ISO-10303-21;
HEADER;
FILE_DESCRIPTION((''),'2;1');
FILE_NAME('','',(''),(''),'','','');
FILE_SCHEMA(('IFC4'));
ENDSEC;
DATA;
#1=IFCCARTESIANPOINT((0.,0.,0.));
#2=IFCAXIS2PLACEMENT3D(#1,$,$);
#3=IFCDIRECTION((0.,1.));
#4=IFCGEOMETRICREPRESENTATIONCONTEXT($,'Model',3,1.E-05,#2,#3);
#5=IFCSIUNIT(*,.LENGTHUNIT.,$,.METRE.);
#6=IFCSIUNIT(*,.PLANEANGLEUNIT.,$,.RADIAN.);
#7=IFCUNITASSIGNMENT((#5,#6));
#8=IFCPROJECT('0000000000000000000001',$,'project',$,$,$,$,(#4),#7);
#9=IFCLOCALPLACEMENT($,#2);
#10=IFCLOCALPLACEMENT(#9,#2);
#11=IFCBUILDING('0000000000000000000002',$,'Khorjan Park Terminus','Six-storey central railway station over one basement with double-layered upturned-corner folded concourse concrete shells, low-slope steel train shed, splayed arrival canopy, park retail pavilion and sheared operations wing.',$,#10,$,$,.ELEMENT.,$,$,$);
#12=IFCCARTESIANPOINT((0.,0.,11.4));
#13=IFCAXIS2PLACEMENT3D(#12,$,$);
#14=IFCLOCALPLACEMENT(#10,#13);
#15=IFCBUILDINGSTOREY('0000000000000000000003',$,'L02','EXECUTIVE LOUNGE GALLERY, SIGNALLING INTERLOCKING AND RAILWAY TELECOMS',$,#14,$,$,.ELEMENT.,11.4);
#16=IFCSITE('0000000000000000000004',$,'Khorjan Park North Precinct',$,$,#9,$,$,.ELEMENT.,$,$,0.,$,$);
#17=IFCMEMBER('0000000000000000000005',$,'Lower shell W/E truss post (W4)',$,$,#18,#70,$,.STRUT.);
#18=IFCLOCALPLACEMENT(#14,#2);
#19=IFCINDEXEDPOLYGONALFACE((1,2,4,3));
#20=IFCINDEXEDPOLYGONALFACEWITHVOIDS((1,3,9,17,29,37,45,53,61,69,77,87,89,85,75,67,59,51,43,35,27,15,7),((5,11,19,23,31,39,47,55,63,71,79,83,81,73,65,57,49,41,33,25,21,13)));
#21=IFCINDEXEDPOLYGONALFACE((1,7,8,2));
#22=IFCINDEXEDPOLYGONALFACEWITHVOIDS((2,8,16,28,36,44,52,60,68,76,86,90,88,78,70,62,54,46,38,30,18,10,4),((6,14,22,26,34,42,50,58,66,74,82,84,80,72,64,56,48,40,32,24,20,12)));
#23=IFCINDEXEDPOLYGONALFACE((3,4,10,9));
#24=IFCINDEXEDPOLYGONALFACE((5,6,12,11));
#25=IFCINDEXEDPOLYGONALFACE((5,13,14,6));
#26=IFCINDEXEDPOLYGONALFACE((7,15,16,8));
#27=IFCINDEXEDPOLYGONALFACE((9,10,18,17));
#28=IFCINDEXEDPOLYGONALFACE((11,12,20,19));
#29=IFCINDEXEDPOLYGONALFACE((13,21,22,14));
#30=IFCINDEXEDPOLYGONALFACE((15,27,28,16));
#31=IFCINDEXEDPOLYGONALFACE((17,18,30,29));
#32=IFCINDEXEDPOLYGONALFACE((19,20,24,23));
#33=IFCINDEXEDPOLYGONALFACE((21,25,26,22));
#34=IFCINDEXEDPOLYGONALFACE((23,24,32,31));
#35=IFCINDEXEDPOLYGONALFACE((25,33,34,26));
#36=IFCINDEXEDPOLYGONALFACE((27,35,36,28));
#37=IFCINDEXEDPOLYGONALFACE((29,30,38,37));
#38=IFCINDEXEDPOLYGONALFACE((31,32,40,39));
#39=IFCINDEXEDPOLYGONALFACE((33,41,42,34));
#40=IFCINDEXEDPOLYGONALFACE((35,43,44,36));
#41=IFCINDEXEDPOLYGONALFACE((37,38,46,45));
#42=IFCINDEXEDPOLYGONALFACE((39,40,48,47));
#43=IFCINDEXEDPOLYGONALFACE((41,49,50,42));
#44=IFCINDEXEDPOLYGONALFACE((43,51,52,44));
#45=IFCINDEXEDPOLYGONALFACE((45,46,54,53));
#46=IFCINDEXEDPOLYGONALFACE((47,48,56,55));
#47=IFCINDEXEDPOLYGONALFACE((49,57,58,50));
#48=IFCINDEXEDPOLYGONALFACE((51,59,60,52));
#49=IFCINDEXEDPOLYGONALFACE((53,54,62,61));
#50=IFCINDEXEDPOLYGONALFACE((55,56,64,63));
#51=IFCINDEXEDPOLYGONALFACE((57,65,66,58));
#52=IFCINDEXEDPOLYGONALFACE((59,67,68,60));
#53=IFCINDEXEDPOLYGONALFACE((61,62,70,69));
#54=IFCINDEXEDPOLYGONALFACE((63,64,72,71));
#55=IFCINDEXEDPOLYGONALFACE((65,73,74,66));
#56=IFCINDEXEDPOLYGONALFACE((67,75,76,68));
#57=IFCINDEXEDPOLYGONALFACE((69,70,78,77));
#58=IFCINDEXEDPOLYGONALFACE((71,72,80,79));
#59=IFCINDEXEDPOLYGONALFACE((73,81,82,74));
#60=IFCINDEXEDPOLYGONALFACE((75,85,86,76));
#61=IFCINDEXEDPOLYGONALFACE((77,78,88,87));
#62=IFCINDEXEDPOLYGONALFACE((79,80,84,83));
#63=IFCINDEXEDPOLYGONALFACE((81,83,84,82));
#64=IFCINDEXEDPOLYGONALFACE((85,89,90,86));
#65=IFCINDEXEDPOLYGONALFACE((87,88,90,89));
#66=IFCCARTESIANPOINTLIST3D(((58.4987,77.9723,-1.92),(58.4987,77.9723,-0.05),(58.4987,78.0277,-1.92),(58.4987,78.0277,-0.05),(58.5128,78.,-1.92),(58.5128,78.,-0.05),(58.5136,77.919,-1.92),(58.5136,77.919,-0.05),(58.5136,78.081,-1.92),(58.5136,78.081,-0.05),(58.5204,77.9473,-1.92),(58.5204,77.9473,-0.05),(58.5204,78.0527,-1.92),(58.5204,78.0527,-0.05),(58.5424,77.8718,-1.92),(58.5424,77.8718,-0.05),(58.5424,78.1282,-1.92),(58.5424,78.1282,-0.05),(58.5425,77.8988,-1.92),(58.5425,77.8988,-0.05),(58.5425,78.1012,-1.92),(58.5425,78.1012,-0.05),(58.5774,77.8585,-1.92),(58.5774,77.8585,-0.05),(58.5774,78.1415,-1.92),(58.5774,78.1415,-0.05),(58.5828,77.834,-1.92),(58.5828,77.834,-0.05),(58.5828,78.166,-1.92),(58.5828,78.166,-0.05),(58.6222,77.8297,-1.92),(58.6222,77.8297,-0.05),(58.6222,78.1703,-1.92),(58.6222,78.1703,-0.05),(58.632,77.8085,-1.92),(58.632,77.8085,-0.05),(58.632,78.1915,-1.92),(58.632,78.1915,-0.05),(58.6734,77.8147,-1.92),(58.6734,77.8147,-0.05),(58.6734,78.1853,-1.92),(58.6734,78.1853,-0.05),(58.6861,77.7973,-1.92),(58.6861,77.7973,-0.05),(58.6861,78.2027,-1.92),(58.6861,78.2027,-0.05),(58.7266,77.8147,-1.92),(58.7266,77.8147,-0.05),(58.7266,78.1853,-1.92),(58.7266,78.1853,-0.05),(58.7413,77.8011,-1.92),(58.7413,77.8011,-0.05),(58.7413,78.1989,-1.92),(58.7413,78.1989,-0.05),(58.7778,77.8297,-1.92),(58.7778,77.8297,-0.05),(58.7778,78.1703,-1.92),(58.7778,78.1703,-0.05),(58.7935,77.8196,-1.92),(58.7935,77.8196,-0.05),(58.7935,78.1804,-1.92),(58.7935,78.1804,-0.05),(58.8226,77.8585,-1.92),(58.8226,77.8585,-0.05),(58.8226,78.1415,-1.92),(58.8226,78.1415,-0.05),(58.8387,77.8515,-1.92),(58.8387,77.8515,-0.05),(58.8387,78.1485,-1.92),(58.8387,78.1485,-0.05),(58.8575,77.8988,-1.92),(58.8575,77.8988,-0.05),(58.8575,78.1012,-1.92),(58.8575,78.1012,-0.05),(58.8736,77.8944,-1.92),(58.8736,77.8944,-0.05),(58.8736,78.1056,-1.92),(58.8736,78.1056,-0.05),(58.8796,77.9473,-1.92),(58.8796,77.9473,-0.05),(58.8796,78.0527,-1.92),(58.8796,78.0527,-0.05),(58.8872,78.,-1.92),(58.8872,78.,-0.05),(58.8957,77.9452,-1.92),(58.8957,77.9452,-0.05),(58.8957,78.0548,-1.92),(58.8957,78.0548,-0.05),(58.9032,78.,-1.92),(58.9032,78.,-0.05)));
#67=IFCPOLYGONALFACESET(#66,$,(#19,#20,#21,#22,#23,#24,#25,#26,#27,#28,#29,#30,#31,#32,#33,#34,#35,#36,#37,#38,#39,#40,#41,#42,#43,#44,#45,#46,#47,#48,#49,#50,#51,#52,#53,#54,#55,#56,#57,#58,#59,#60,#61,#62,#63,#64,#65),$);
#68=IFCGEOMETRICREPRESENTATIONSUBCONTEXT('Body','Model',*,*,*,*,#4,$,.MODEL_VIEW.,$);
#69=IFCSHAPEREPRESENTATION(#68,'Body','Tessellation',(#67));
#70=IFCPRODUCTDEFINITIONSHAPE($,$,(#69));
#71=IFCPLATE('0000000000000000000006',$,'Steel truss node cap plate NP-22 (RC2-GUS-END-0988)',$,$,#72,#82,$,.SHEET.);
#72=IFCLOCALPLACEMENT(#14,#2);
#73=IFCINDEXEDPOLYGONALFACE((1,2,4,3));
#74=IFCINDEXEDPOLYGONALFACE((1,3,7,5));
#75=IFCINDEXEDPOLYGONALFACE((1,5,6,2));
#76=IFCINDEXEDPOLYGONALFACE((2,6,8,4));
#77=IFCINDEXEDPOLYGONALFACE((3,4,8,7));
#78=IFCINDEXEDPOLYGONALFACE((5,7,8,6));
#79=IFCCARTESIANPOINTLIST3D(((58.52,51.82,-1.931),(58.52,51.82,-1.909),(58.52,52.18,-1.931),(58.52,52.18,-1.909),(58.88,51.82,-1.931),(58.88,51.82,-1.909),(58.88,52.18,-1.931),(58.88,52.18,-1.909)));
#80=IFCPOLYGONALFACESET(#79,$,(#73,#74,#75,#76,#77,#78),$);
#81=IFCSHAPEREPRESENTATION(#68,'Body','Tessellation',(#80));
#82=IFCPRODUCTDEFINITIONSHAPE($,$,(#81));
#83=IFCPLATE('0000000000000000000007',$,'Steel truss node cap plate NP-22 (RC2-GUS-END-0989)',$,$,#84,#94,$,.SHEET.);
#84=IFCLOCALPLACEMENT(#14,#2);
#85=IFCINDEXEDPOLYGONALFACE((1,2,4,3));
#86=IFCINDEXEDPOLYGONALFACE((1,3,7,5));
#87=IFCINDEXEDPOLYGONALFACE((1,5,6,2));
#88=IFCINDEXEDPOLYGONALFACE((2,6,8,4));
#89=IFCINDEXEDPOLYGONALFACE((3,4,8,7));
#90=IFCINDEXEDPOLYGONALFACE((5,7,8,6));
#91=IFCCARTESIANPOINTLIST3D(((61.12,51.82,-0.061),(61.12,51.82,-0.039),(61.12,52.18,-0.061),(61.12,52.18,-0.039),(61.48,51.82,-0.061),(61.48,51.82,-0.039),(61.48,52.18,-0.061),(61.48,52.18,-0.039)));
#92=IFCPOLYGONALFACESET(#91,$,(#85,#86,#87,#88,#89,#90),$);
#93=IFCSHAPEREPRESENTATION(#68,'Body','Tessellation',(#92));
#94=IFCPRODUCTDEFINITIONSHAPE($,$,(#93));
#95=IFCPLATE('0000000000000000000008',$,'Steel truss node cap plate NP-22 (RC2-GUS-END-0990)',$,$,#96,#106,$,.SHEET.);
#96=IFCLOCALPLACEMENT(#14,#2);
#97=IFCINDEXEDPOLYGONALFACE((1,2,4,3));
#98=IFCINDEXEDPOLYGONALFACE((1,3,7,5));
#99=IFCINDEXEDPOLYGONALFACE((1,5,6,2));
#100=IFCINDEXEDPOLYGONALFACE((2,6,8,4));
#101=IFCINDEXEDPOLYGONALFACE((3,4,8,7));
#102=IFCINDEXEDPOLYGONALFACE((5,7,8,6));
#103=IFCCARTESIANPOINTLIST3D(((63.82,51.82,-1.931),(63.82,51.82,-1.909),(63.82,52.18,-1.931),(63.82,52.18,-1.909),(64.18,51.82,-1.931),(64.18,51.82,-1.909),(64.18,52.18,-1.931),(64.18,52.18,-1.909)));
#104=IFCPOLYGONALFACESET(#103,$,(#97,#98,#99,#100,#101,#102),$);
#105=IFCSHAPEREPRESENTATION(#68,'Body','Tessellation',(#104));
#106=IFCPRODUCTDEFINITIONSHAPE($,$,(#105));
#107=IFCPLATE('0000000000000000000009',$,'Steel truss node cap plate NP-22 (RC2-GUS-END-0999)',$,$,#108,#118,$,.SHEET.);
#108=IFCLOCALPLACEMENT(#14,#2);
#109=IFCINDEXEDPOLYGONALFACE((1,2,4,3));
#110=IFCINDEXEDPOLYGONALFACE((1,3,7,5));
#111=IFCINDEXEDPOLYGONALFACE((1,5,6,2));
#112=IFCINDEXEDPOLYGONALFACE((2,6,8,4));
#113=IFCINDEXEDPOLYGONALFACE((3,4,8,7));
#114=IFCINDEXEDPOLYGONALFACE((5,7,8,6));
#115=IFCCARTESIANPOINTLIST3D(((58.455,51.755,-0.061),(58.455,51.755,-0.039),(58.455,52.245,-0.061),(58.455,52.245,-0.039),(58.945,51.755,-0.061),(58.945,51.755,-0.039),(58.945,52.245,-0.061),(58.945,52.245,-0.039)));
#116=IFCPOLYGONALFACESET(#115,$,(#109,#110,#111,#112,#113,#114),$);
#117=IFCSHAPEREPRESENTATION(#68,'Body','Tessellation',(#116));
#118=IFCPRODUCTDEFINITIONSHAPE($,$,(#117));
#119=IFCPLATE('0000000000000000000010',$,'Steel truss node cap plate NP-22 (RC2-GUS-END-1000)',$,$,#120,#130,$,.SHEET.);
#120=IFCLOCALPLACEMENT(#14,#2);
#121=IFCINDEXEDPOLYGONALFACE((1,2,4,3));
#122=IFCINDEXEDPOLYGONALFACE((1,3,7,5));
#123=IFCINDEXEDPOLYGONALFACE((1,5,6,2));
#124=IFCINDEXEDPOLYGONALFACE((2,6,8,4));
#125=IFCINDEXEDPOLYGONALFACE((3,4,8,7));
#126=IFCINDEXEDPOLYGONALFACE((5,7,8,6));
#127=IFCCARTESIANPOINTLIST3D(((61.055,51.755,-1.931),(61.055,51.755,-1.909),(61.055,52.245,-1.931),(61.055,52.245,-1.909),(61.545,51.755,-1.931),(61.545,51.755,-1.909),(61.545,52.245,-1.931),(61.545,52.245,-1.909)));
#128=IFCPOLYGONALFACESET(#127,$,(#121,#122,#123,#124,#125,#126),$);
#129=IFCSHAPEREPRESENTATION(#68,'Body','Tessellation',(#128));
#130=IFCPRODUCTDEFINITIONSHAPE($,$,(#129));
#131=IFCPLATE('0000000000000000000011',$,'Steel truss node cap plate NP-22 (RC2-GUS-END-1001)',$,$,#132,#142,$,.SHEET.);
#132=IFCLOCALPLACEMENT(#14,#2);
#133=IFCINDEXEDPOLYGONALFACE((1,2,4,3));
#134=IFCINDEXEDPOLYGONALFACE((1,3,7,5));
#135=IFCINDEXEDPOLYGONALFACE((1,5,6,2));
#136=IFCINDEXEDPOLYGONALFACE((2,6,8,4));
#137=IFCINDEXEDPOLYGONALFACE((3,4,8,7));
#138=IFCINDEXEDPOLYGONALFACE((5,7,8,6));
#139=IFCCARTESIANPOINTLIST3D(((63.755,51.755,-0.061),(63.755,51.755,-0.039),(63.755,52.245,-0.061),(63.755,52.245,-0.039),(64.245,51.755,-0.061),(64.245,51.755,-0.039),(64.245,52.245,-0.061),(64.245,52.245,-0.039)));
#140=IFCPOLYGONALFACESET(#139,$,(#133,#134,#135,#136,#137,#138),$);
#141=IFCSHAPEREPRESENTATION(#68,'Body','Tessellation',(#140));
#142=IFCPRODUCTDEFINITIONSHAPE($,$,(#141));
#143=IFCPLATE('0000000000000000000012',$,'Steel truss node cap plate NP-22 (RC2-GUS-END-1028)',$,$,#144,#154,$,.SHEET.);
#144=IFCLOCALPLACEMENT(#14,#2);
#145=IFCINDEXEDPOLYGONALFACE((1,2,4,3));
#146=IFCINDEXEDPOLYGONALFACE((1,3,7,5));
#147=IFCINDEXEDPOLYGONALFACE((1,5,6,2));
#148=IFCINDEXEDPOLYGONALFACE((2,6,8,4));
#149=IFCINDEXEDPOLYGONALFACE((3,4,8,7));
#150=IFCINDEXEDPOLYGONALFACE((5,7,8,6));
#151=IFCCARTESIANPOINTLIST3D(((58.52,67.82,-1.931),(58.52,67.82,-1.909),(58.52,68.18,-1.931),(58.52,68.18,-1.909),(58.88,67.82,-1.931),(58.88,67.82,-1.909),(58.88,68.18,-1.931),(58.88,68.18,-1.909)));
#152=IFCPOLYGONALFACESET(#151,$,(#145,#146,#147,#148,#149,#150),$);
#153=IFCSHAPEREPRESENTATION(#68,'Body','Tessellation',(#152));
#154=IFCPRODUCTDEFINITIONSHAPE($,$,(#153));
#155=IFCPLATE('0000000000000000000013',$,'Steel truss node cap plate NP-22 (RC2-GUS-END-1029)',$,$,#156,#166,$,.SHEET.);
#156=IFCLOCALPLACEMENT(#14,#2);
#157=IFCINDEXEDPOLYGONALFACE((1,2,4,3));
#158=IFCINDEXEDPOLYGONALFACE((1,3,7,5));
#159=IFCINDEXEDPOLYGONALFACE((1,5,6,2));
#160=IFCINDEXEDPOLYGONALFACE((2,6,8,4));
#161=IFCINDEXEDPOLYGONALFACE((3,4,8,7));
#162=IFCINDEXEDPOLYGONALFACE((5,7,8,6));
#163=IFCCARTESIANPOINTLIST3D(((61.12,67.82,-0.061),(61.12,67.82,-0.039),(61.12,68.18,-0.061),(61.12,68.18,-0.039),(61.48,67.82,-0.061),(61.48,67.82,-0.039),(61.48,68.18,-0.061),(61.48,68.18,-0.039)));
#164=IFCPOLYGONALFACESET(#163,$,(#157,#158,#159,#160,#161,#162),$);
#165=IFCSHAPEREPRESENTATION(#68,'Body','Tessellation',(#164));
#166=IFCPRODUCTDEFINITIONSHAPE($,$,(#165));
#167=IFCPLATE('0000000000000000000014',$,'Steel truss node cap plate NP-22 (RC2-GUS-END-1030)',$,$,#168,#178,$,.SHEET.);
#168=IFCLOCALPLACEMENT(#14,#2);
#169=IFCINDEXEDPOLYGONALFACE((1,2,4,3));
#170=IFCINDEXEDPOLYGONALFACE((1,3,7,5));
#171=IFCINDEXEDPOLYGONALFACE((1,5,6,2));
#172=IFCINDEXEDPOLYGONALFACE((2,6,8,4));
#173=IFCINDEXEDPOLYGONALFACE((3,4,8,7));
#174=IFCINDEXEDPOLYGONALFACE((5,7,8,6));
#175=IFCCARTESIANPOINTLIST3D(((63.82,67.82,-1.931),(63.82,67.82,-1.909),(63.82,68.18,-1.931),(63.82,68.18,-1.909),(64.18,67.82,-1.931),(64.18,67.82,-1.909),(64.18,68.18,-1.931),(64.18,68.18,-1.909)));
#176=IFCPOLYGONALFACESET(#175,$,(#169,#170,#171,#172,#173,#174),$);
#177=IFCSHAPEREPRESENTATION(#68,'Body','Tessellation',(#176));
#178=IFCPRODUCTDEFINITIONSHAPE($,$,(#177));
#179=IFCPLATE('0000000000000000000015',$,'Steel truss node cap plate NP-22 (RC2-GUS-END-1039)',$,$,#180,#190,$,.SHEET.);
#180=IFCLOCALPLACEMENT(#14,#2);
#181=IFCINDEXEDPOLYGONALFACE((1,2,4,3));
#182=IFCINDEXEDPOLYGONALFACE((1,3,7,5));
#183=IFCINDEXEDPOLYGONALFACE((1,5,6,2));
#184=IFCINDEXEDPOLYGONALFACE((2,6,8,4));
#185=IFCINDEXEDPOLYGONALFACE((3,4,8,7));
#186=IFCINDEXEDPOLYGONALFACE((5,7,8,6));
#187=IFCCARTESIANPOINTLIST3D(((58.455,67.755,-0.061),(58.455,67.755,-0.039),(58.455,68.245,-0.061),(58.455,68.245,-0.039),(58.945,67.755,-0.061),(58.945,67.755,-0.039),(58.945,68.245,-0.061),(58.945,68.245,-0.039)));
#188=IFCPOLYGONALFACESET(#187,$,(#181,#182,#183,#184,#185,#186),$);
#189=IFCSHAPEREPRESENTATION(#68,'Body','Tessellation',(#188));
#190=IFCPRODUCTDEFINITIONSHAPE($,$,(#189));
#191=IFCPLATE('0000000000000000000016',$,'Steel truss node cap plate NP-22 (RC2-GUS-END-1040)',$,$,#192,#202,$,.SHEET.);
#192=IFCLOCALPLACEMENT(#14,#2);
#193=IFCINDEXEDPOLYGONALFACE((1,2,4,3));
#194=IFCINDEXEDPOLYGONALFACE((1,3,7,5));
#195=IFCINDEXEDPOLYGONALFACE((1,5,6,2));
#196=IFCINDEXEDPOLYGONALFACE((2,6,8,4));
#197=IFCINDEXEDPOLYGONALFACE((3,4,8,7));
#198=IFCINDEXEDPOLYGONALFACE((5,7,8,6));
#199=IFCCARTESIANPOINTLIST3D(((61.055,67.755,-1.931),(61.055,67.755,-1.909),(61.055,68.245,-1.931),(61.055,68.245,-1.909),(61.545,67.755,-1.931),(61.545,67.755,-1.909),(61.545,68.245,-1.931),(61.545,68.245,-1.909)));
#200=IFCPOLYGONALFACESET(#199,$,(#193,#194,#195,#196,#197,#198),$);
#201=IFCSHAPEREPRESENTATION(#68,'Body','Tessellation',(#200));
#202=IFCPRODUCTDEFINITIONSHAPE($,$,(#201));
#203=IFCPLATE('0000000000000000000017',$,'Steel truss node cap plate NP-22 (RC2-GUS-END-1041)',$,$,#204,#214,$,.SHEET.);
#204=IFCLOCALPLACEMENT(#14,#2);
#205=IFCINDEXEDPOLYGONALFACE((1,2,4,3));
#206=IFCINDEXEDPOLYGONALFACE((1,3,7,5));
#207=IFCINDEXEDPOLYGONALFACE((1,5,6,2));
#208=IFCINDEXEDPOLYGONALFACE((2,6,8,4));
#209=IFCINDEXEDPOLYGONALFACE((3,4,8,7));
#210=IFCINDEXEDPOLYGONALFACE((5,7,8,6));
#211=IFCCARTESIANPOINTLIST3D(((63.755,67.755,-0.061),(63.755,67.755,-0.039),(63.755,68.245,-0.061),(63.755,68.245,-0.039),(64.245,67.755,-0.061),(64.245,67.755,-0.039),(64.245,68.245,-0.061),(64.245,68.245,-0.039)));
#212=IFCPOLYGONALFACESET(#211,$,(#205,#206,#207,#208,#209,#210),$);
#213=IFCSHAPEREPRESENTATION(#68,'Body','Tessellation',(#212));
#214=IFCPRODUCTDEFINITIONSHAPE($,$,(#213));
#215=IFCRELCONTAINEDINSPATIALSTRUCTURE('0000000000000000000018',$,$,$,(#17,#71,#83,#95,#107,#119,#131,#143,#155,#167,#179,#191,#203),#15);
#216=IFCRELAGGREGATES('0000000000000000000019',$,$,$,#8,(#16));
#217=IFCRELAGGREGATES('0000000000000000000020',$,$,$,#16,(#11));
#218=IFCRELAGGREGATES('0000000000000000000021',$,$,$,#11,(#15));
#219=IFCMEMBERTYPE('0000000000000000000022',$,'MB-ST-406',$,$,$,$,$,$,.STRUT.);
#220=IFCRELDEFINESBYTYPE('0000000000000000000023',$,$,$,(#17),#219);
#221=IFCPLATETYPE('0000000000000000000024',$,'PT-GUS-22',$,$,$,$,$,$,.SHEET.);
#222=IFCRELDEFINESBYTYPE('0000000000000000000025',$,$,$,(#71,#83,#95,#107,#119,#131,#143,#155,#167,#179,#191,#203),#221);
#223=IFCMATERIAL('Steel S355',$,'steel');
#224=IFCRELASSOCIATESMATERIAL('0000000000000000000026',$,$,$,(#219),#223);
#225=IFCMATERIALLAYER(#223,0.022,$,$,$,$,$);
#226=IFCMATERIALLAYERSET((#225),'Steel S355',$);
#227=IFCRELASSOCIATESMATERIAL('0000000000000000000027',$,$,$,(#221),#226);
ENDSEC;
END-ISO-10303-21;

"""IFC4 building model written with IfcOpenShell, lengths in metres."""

from ifc_helpers import new_model, si_unit, direction, frame, origin, origin_2d, place, context, subcontext, project, spatial, rectangle, hollow_circle, extrude, material, layer, layer_set, material_profile, profile_set, type_object, element, save


model = new_model("IFC4")

# Units and contexts
model_context = context("Model", 3, precision=1e-05, world=origin(), true_north=direction((0.0, 1.0)))
body_context = subcontext(model_context, "Body", "Model", "MODEL_VIEW")
ifc_project = project(units=[si_unit("LENGTHUNIT", "METRE"), si_unit("PLANEANGLEUNIT", "RADIAN")], contexts=[model_context])

# Site, building, storey
site_placement = place(None, origin())
site = spatial("IfcSite", under=ifc_project, at=site_placement, Name="Khorjan Park North Precinct", CompositionType="ELEMENT", RefElevation=0.0)
building_placement = place(site_placement, origin())
building = spatial("IfcBuilding", under=site, at=building_placement, Name="Khorjan Park Terminus", Description="Six-storey central railway station over one basement with double-layered upturned-corner folded concourse concrete shells, low-slope steel train shed, splayed arrival canopy, park retail pavilion and sheared operations wing.", CompositionType="ELEMENT")
storey_placement = place(building_placement, frame((0.0, 0.0, 11.4)))
storey = spatial("IfcBuildingStorey", under=building, at=storey_placement, Name="L02", Description="EXECUTIVE LOUNGE GALLERY, SIGNALLING INTERLOCKING AND RAILWAY TELECOMS", CompositionType="ELEMENT", Elevation=11.4)

# Shared definitions
ifc_material = material(Name="Steel S355", Category="steel")

# Member
ifc_material_profile_1 = material_profile(ifc_material, hollow_circle(Radius=0.2032, WallThickness=0.016, at=origin_2d()), Name="CHS 406.4x16")
ifc_profile_set_1 = profile_set([ifc_material_profile_1], Name="Steel S355")
member_type_1 = type_object("IfcMemberType", Name="MB-ST-406", PredefinedType="STRUT", material=ifc_profile_set_1)
for number, where, z_axis, x_axis, name in (
    (1, (58.7, 78.0, -1.92), (0.0, 0.0, 1.0), (1.0, 0.0, 0.0), "Lower shell W/E truss post (W4)"),
):
    element("IfcMember", number, at=place(storey_placement, frame(where, z_axis=z_axis, x_axis=x_axis)), inside=storey, type_object=member_type_1, Name=name, PredefinedType="STRUT", context=body_context, shape_type="SweptSolid", body=[
        extrude(hollow_circle(Radius=0.2032, WallThickness=0.016, at=origin_2d()), origin(), (0.0, 0.0, 1.0), 1.87),
    ])

# Plates
ifc_layer = layer(ifc_material, 0.022)
ifc_layer_set = layer_set([ifc_layer], Name="Steel S355")
plate_type = type_object("IfcPlateType", Name="PT-GUS-22", PredefinedType="SHEET", material=ifc_layer_set)
for number, where, z_axis, x_axis, name in (
    (2, (58.7, 52.0, -1.931), (0.0, 0.0, 1.0), (1.0, 0.0, 0.0), "Steel truss node cap plate NP-22 (RC2-GUS-END-0988)"),
    (3, (61.3, 52.0, -0.061), (0.0, 0.0, 1.0), (1.0, 0.0, 0.0), "Steel truss node cap plate NP-22 (RC2-GUS-END-0989)"),
    (4, (64.0, 52.0, -1.931), (0.0, 0.0, 1.0), (1.0, 0.0, 0.0), "Steel truss node cap plate NP-22 (RC2-GUS-END-0990)"),
):
    element("IfcPlate", number, at=place(storey_placement, frame(where, z_axis=z_axis, x_axis=x_axis)), inside=storey, type_object=plate_type, Name=name, PredefinedType="SHEET", context=body_context, shape_type="SweptSolid", body=[
        extrude(rectangle(XDim=0.36, YDim=0.36, at=origin_2d()), origin(), (0.0, 0.0, 1.0), 0.022),
    ])
for number, where, z_axis, x_axis, name in (
    (5, (58.7, 52.0, -0.061), (0.0, 0.0, 1.0), (1.0, 0.0, 0.0), "Steel truss node cap plate NP-22 (RC2-GUS-END-0999)"),
    (6, (61.3, 52.0, -1.931), (0.0, 0.0, 1.0), (1.0, 0.0, 0.0), "Steel truss node cap plate NP-22 (RC2-GUS-END-1000)"),
    (7, (64.0, 52.0, -0.061), (0.0, 0.0, 1.0), (1.0, 0.0, 0.0), "Steel truss node cap plate NP-22 (RC2-GUS-END-1001)"),
):
    element("IfcPlate", number, at=place(storey_placement, frame(where, z_axis=z_axis, x_axis=x_axis)), inside=storey, type_object=plate_type, Name=name, PredefinedType="SHEET", context=body_context, shape_type="SweptSolid", body=[
        extrude(rectangle(XDim=0.49, YDim=0.49, at=origin_2d()), origin(), (0.0, 0.0, 1.0), 0.022),
    ])
for number, where, z_axis, x_axis, name in (
    (8, (58.7, 68.0, -1.931), (0.0, 0.0, 1.0), (1.0, 0.0, 0.0), "Steel truss node cap plate NP-22 (RC2-GUS-END-1028)"),
    (9, (61.3, 68.0, -0.061), (0.0, 0.0, 1.0), (1.0, 0.0, 0.0), "Steel truss node cap plate NP-22 (RC2-GUS-END-1029)"),
    (10, (64.0, 68.0, -1.931), (0.0, 0.0, 1.0), (1.0, 0.0, 0.0), "Steel truss node cap plate NP-22 (RC2-GUS-END-1030)"),
):
    element("IfcPlate", number, at=place(storey_placement, frame(where, z_axis=z_axis, x_axis=x_axis)), inside=storey, type_object=plate_type, Name=name, PredefinedType="SHEET", context=body_context, shape_type="SweptSolid", body=[
        extrude(rectangle(XDim=0.36, YDim=0.36, at=origin_2d()), origin(), (0.0, 0.0, 1.0), 0.022),
    ])
for number, where, z_axis, x_axis, name in (
    (11, (58.7, 68.0, -0.061), (0.0, 0.0, 1.0), (1.0, 0.0, 0.0), "Steel truss node cap plate NP-22 (RC2-GUS-END-1039)"),
    (12, (61.3, 68.0, -1.931), (0.0, 0.0, 1.0), (1.0, 0.0, 0.0), "Steel truss node cap plate NP-22 (RC2-GUS-END-1040)"),
    (13, (64.0, 68.0, -0.061), (0.0, 0.0, 1.0), (1.0, 0.0, 0.0), "Steel truss node cap plate NP-22 (RC2-GUS-END-1041)"),
):
    element("IfcPlate", number, at=place(storey_placement, frame(where, z_axis=z_axis, x_axis=x_axis)), inside=storey, type_object=plate_type, Name=name, PredefinedType="SHEET", context=body_context, shape_type="SweptSolid", body=[
        extrude(rectangle(XDim=0.49, YDim=0.49, at=origin_2d()), origin(), (0.0, 0.0, 1.0), 0.022),
    ])

save(model, "model.ifc")
